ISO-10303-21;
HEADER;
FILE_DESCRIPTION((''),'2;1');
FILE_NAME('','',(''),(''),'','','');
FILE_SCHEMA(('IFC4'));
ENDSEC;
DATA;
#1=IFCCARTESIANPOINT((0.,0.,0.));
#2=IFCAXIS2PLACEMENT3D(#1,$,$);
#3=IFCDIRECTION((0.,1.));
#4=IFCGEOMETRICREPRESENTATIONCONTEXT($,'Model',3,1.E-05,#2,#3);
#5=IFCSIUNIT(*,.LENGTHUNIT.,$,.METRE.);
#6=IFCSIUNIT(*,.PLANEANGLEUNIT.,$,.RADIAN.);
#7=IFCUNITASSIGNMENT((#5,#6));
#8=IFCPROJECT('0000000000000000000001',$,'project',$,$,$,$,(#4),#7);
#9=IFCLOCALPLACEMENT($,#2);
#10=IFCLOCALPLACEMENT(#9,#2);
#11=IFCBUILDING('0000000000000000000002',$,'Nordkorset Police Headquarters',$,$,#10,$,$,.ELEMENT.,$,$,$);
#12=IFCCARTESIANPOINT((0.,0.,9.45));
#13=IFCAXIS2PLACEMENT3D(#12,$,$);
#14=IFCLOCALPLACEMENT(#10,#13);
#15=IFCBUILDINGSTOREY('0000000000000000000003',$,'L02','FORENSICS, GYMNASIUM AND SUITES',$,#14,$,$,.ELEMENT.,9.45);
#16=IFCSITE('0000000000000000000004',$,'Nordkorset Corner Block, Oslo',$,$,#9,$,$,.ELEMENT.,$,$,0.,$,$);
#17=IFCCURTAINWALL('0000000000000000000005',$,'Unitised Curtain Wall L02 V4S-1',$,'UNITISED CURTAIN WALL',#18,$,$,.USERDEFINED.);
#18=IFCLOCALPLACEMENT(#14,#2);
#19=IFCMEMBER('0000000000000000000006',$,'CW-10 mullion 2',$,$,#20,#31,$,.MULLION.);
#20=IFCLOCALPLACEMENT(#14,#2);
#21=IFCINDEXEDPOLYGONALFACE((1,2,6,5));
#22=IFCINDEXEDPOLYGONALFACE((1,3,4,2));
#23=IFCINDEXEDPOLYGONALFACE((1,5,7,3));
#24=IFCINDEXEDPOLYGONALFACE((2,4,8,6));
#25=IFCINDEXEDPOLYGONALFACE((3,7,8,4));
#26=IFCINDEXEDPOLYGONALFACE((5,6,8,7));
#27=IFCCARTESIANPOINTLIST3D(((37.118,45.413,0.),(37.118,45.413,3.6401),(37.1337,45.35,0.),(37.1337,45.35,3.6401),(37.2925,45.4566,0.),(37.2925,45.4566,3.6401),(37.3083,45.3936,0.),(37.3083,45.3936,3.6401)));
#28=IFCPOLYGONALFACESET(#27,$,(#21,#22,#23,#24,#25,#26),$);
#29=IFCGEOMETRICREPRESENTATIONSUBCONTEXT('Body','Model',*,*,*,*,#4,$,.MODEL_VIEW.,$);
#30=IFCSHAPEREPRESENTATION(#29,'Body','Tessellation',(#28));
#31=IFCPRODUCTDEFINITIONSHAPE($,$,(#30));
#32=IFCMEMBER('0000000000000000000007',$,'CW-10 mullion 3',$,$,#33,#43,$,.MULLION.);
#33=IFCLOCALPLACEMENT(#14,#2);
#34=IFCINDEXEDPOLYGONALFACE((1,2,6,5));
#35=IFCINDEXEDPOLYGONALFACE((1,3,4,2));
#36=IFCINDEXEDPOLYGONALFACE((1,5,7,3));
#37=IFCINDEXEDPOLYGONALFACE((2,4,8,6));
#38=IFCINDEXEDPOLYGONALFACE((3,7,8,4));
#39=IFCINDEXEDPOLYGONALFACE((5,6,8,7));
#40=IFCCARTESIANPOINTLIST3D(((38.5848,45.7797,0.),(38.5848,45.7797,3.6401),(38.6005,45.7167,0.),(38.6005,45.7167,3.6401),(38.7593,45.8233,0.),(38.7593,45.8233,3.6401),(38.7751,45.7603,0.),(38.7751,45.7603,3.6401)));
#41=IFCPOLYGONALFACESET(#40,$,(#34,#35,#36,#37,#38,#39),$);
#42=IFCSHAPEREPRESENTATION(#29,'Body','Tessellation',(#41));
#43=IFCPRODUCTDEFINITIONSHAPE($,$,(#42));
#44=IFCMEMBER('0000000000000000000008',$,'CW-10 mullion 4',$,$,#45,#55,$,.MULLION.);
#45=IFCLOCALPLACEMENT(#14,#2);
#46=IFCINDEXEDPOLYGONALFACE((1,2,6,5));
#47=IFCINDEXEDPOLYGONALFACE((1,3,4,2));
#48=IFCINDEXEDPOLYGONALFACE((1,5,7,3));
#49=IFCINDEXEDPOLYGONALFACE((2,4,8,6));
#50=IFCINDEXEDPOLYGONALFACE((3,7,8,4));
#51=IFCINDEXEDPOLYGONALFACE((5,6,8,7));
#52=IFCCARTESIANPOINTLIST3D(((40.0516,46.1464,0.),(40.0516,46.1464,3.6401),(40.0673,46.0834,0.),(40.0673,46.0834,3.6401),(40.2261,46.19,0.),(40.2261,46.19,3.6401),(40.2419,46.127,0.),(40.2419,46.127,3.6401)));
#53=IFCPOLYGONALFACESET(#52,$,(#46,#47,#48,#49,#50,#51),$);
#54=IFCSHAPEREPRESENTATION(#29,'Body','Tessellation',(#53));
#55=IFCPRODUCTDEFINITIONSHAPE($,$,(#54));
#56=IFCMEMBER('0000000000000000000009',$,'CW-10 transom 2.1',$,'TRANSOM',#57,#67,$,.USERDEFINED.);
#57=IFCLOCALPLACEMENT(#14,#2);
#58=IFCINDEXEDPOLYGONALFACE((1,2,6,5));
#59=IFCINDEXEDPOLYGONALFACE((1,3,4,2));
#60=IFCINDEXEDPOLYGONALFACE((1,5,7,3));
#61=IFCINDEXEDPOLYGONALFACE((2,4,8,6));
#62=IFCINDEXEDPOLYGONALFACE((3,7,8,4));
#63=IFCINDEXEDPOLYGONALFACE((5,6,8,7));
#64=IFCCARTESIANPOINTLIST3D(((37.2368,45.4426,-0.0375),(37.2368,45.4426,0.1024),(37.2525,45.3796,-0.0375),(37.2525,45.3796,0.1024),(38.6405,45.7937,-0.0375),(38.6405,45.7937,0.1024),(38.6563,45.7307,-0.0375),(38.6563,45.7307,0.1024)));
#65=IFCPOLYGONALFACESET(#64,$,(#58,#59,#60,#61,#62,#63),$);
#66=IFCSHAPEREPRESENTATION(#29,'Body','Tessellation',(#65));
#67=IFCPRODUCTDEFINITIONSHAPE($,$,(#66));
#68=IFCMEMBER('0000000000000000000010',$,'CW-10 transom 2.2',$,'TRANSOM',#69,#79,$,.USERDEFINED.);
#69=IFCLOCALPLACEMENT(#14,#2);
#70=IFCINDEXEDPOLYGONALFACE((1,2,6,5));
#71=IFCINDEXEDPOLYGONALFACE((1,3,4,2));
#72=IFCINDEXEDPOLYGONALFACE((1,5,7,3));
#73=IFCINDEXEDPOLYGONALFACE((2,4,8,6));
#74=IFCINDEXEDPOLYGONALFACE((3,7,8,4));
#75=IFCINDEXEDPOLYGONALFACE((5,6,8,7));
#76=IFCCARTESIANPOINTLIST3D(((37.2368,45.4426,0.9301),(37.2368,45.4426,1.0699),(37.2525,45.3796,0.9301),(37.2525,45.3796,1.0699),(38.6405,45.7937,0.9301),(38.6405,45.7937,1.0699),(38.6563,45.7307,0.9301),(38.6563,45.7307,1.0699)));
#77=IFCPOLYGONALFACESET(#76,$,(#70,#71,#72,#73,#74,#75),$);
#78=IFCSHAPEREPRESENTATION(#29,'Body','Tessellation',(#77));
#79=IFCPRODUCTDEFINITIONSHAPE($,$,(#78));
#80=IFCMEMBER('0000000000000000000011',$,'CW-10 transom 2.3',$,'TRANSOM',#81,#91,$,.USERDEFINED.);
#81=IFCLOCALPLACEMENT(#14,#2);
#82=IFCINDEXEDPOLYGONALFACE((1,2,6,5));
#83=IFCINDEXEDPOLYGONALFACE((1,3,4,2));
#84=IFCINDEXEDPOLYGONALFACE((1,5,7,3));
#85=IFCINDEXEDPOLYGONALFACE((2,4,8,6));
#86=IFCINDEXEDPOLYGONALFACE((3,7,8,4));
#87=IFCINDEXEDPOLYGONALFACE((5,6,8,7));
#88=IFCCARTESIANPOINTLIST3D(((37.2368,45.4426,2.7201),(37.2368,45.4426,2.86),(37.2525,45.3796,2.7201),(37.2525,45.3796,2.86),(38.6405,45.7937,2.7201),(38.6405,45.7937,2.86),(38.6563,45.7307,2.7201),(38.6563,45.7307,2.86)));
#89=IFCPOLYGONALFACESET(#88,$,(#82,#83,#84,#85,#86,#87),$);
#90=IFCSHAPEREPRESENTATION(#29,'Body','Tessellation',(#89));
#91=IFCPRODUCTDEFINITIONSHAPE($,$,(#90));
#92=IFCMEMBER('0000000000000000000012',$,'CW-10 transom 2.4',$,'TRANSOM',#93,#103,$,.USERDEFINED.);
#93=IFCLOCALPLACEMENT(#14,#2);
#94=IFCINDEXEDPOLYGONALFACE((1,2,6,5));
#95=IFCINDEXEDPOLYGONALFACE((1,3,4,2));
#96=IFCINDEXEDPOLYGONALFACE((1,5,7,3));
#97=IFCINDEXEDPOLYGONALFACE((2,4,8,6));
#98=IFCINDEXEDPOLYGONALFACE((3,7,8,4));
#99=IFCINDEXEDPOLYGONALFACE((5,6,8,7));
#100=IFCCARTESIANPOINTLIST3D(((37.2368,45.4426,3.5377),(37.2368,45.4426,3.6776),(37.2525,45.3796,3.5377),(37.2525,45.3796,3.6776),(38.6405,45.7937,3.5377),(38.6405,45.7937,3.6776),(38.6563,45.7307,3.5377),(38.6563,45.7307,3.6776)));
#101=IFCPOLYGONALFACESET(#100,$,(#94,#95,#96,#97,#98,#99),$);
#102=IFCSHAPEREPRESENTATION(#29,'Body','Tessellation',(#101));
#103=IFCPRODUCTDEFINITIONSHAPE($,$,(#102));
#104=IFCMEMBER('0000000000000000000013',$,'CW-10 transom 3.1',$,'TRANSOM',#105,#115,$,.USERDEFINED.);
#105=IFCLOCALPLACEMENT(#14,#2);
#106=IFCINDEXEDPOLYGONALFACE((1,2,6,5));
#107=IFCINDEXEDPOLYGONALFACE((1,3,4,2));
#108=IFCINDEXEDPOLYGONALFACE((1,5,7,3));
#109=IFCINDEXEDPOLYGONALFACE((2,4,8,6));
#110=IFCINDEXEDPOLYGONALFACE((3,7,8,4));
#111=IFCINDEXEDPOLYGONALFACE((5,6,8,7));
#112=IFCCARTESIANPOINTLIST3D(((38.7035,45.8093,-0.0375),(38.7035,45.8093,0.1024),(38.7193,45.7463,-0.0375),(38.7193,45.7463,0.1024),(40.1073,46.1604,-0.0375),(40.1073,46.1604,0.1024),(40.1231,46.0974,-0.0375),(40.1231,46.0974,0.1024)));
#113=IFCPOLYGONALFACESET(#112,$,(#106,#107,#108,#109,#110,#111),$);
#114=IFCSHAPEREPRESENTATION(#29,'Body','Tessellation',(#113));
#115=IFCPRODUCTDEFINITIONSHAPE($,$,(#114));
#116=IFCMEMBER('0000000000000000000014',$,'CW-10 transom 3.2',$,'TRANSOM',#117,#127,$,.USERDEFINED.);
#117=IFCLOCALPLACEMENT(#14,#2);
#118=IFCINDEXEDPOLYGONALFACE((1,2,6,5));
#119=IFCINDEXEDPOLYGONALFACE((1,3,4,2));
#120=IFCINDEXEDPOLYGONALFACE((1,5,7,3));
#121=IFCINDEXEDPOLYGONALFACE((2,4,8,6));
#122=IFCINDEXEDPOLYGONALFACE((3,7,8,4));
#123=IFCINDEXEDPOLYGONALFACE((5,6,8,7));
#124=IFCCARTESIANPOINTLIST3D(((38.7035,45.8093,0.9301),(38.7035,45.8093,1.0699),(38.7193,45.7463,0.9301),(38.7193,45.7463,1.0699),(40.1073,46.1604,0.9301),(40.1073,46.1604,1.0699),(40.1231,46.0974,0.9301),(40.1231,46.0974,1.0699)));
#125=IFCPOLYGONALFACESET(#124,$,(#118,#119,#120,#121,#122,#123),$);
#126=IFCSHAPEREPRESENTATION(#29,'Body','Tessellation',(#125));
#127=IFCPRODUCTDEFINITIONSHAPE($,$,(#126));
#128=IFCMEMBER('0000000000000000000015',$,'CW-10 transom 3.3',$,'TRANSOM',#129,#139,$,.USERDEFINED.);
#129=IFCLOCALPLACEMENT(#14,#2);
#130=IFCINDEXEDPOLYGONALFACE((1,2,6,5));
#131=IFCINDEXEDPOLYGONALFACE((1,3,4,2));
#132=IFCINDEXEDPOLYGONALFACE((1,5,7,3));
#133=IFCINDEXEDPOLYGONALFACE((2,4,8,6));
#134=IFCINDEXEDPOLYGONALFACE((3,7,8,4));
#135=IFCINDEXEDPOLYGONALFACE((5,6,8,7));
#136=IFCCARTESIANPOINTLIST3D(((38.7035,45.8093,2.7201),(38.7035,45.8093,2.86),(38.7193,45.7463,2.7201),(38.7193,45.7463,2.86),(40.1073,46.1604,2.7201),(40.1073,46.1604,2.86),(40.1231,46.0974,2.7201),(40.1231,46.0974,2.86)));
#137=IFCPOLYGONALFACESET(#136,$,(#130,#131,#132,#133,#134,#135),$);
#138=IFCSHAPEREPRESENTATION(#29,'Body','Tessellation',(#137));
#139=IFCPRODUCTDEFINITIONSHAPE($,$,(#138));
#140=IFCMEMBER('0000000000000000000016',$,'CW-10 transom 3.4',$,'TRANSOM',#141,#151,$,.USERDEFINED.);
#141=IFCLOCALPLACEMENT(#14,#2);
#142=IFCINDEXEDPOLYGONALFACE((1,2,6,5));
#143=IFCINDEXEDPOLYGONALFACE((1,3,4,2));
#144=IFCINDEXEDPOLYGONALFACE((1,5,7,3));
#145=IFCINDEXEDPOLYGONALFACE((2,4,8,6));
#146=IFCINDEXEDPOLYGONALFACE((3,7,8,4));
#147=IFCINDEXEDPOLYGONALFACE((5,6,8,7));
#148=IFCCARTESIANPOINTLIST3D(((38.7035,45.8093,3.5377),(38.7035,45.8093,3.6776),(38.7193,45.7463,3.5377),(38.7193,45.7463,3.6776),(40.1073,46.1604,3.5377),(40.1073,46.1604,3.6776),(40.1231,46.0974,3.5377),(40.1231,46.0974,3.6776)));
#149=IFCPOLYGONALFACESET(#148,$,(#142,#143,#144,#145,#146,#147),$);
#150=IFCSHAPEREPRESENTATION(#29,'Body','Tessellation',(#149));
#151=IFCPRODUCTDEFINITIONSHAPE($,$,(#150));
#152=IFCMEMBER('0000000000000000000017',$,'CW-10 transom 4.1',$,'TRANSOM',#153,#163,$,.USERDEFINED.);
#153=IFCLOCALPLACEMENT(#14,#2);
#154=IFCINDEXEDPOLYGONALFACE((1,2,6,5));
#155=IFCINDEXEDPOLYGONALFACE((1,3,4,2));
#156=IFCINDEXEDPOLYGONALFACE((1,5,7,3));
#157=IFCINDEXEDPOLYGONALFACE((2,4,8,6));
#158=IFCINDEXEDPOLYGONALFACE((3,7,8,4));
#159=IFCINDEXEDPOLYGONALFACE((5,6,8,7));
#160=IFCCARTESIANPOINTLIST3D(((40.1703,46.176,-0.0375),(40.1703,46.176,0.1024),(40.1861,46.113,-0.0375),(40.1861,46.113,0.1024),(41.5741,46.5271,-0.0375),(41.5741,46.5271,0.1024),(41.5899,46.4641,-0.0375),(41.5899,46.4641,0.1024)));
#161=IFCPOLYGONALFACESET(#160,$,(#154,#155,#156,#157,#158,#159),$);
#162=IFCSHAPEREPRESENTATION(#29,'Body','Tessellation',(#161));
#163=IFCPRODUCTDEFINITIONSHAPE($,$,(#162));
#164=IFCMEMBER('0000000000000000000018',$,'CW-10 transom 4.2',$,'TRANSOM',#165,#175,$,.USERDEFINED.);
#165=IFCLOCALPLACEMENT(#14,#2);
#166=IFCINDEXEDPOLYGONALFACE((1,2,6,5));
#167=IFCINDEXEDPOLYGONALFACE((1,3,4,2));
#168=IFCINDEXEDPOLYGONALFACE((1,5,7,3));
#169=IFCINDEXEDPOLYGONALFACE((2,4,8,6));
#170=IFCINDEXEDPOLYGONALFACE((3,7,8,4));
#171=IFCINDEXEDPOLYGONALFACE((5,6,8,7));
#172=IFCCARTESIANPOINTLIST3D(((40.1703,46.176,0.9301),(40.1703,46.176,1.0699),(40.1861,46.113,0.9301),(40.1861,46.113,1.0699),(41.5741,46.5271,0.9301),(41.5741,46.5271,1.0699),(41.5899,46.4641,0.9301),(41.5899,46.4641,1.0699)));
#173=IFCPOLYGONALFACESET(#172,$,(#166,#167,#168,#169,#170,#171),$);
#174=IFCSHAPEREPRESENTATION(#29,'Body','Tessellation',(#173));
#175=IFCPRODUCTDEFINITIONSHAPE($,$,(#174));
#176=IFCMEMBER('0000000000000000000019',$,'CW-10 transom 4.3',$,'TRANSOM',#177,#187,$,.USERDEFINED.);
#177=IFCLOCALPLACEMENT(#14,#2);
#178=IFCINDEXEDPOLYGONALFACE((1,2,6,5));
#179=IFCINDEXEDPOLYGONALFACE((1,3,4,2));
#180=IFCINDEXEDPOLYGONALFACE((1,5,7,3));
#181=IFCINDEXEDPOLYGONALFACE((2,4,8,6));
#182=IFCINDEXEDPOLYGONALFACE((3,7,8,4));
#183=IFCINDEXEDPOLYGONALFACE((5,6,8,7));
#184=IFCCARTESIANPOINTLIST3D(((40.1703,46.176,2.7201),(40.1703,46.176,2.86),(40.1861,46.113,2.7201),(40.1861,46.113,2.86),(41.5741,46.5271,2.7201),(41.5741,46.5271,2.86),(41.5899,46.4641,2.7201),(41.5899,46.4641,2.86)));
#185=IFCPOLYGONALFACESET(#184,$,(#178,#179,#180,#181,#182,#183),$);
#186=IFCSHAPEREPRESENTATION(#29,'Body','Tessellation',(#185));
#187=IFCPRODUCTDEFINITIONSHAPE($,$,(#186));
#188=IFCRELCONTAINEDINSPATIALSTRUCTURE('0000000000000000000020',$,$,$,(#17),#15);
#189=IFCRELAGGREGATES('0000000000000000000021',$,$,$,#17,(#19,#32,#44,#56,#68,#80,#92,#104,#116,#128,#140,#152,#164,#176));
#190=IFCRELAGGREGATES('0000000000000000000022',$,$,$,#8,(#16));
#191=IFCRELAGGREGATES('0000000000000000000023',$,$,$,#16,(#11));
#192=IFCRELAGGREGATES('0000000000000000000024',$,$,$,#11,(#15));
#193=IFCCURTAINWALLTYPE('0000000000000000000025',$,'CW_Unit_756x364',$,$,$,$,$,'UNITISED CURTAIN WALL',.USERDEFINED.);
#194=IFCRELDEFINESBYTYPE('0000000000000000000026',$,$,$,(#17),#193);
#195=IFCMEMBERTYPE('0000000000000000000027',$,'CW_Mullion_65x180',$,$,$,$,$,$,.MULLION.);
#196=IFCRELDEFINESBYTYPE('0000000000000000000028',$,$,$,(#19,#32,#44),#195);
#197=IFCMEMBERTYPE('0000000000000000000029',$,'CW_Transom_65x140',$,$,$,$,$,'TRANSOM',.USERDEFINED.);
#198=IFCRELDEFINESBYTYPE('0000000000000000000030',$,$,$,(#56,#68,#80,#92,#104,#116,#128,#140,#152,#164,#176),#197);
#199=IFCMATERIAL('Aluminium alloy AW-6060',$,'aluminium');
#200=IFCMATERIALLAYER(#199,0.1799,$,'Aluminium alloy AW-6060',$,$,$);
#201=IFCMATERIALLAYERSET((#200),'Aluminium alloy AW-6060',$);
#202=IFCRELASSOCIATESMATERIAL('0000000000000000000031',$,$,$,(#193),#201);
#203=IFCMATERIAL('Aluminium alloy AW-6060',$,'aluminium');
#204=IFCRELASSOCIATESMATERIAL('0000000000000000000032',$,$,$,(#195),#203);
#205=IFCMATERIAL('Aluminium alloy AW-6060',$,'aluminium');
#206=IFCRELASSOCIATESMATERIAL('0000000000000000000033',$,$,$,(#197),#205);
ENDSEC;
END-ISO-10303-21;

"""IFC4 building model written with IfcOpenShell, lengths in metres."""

from ifc_helpers import new_model, si_unit, direction, frame, origin, origin_2d, place, context, subcontext, project, spatial, rectangle, extrude, material, layer, layer_set, material_profile, profile_set, type_object, element, aggregate, save


model = new_model("IFC4")

# Units and contexts
model_context = context("Model", 3, precision=1e-05, world=origin(), true_north=direction((0.0, 1.0)))
body_context = subcontext(model_context, "Body", "Model", "MODEL_VIEW")
ifc_project = project(units=[si_unit("LENGTHUNIT", "METRE"), si_unit("PLANEANGLEUNIT", "RADIAN")], contexts=[model_context])

# Site, building, storey
site_placement = place(None, origin())
site = spatial("IfcSite", under=ifc_project, at=site_placement, Name="Nordkorset Corner Block, Oslo", CompositionType="ELEMENT", RefElevation=0.0)
building_placement = place(site_placement, origin())
building = spatial("IfcBuilding", under=site, at=building_placement, Name="Nordkorset Police Headquarters", CompositionType="ELEMENT")
storey_placement = place(building_placement, frame((0.0, 0.0, 9.45)))
storey = spatial("IfcBuildingStorey", under=building, at=storey_placement, Name="L02", Description="FORENSICS, GYMNASIUM AND SUITES", CompositionType="ELEMENT", Elevation=9.45)

# Curtain wall, members
ifc_material_1 = material(Name="Aluminium alloy AW-6060", Category="aluminium")
ifc_layer_1 = layer(ifc_material_1, 0.1799, Name="Aluminium alloy AW-6060")
ifc_layer_set_1 = layer_set([ifc_layer_1], Name="Aluminium alloy AW-6060")
curtain_wall_type = type_object("IfcCurtainWallType", Name="CW_Unit_756x364", ElementType="UNITISED CURTAIN WALL", PredefinedType="USERDEFINED", material=ifc_layer_set_1)
curtain_wall_placement = place(storey_placement, origin())
curtain_wall = element("IfcCurtainWall", 1, at=curtain_wall_placement, inside=storey, type_object=curtain_wall_type, Name="Unitised Curtain Wall L02 V4S-1", ObjectType="UNITISED CURTAIN WALL", PredefinedType="USERDEFINED")
ifc_material_2 = material(Name="Aluminium alloy AW-6060", Category="aluminium")
ifc_material_profile_1 = material_profile(ifc_material_2, rectangle(XDim=0.0649, YDim=0.1799, at=origin_2d()), Name="ALU MULL 65x180")
ifc_profile_set_1 = profile_set([ifc_material_profile_1], Name="Aluminium alloy AW-6060")
member_type_1 = type_object("IfcMemberType", Name="CW_Mullion_65x180", PredefinedType="MULLION", material=ifc_profile_set_1)
member_1_placement = place(storey_placement, frame((37.2131, 45.4033, 0.0), z_axis=(0.0, 0.0, 1.0), x_axis=(-0.242536, 0.970143, 0.0)))
member_1 = element("IfcMember", 2, at=member_1_placement, type_object=member_type_1, Name="CW-10 mullion 2", PredefinedType="MULLION", context=body_context, shape_type="SweptSolid", body=[
    extrude(rectangle(XDim=0.0649, YDim=0.1799, at=origin_2d()), origin(), (0.0, 0.0, 1.0), 3.6401),
])
member_2_placement = place(storey_placement, frame((38.6799, 45.77, 0.0), z_axis=(0.0, 0.0, 1.0), x_axis=(-0.242536, 0.970143, 0.0)))
member_2 = element("IfcMember", 3, at=member_2_placement, type_object=member_type_1, Name="CW-10 mullion 3", PredefinedType="MULLION", context=body_context, shape_type="SweptSolid", body=[
    extrude(rectangle(XDim=0.0649, YDim=0.1799, at=origin_2d()), origin(), (0.0, 0.0, 1.0), 3.6401),
])
member_3_placement = place(storey_placement, frame((40.1467, 46.1367, 0.0), z_axis=(0.0, 0.0, 1.0), x_axis=(-0.242536, 0.970143, 0.0)))
member_3 = element("IfcMember", 4, at=member_3_placement, type_object=member_type_1, Name="CW-10 mullion 4", PredefinedType="MULLION", context=body_context, shape_type="SweptSolid", body=[
    extrude(rectangle(XDim=0.0649, YDim=0.1799, at=origin_2d()), origin(), (0.0, 0.0, 1.0), 3.6401),
])
ifc_material_3 = material(Name="Aluminium alloy AW-6060", Category="aluminium")
ifc_material_profile_2 = material_profile(ifc_material_3, rectangle(XDim=0.0649, YDim=0.1399, at=origin_2d()), Name="ALU TRAN 65x140")
ifc_profile_set_2 = profile_set([ifc_material_profile_2], Name="Aluminium alloy AW-6060")
member_type_2 = type_object("IfcMemberType", Name="CW_Transom_65x140", ElementType="TRANSOM", PredefinedType="USERDEFINED", material=ifc_profile_set_2)
member_4_placement = place(storey_placement, frame((37.2446, 45.4111, 0.0325), z_axis=(0.970123, 0.242615, 0.0), x_axis=(-0.242615, 0.970123, 0.0)))
member_4 = element("IfcMember", 5, at=member_4_placement, type_object=member_type_2, Name="CW-10 transom 2.1", ObjectType="TRANSOM", PredefinedType="USERDEFINED", context=body_context, shape_type="SweptSolid", body=[
    extrude(rectangle(XDim=0.0649, YDim=0.1399, at=origin_2d()), origin(), (0.0, 0.0, 1.0), 1.447),
])
member_5_placement = place(storey_placement, frame((37.2446, 45.4111, 1.0), z_axis=(0.970123, 0.242615, 0.0), x_axis=(-0.242615, 0.970123, 0.0)))
member_5 = element("IfcMember", 6, at=member_5_placement, type_object=member_type_2, Name="CW-10 transom 2.2", ObjectType="TRANSOM", PredefinedType="USERDEFINED", context=body_context, shape_type="SweptSolid", body=[
    extrude(rectangle(XDim=0.0649, YDim=0.1399, at=origin_2d()), origin(), (0.0, 0.0, 1.0), 1.447),
])
member_6_placement = place(storey_placement, frame((37.2446, 45.4111, 2.79), z_axis=(0.970123, 0.242615, 0.0), x_axis=(-0.242615, 0.970123, 0.0)))
member_6 = element("IfcMember", 7, at=member_6_placement, type_object=member_type_2, Name="CW-10 transom 2.3", ObjectType="TRANSOM", PredefinedType="USERDEFINED", context=body_context, shape_type="SweptSolid", body=[
    extrude(rectangle(XDim=0.0649, YDim=0.1399, at=origin_2d()), origin(), (0.0, 0.0, 1.0), 1.447),
])
member_7_placement = place(storey_placement, frame((37.2446, 45.4111, 3.6077), z_axis=(0.970123, 0.242615, 0.0), x_axis=(-0.242615, 0.970123, 0.0)))
member_7 = element("IfcMember", 8, at=member_7_placement, type_object=member_type_2, Name="CW-10 transom 2.4", ObjectType="TRANSOM", PredefinedType="USERDEFINED", context=body_context, shape_type="SweptSolid", body=[
    extrude(rectangle(XDim=0.0649, YDim=0.1399, at=origin_2d()), origin(), (0.0, 0.0, 1.0), 1.447),
])
member_8_placement = place(storey_placement, frame((38.7114, 45.7778, 0.0325), z_axis=(0.970123, 0.242615, 0.0), x_axis=(-0.242615, 0.970123, 0.0)))
member_8 = element("IfcMember", 9, at=member_8_placement, type_object=member_type_2, Name="CW-10 transom 3.1", ObjectType="TRANSOM", PredefinedType="USERDEFINED", context=body_context, shape_type="SweptSolid", body=[
    extrude(rectangle(XDim=0.0649, YDim=0.1399, at=origin_2d()), origin(), (0.0, 0.0, 1.0), 1.447),
])
member_9_placement = place(storey_placement, frame((38.7114, 45.7778, 1.0), z_axis=(0.970123, 0.242615, 0.0), x_axis=(-0.242615, 0.970123, 0.0)))
member_9 = element("IfcMember", 10, at=member_9_placement, type_object=member_type_2, Name="CW-10 transom 3.2", ObjectType="TRANSOM", PredefinedType="USERDEFINED", context=body_context, shape_type="SweptSolid", body=[
    extrude(rectangle(XDim=0.0649, YDim=0.1399, at=origin_2d()), origin(), (0.0, 0.0, 1.0), 1.447),
])
member_10_placement = place(storey_placement, frame((38.7114, 45.7778, 2.79), z_axis=(0.970123, 0.242615, 0.0), x_axis=(-0.242615, 0.970123, 0.0)))
member_10 = element("IfcMember", 11, at=member_10_placement, type_object=member_type_2, Name="CW-10 transom 3.3", ObjectType="TRANSOM", PredefinedType="USERDEFINED", context=body_context, shape_type="SweptSolid", body=[
    extrude(rectangle(XDim=0.0649, YDim=0.1399, at=origin_2d()), origin(), (0.0, 0.0, 1.0), 1.447),
])
member_11_placement = place(storey_placement, frame((38.7114, 45.7778, 3.6077), z_axis=(0.970123, 0.242615, 0.0), x_axis=(-0.242615, 0.970123, 0.0)))
member_11 = element("IfcMember", 12, at=member_11_placement, type_object=member_type_2, Name="CW-10 transom 3.4", ObjectType="TRANSOM", PredefinedType="USERDEFINED", context=body_context, shape_type="SweptSolid", body=[
    extrude(rectangle(XDim=0.0649, YDim=0.1399, at=origin_2d()), origin(), (0.0, 0.0, 1.0), 1.447),
])
member_12_placement = place(storey_placement, frame((40.1782, 46.1445, 0.0325), z_axis=(0.970123, 0.242615, 0.0), x_axis=(-0.242615, 0.970123, 0.0)))
member_12 = element("IfcMember", 13, at=member_12_placement, type_object=member_type_2, Name="CW-10 transom 4.1", ObjectType="TRANSOM", PredefinedType="USERDEFINED", context=body_context, shape_type="SweptSolid", body=[
    extrude(rectangle(XDim=0.0649, YDim=0.1399, at=origin_2d()), origin(), (0.0, 0.0, 1.0), 1.447),
])
member_13_placement = place(storey_placement, frame((40.1782, 46.1445, 1.0), z_axis=(0.970123, 0.242615, 0.0), x_axis=(-0.242615, 0.970123, 0.0)))
member_13 = element("IfcMember", 14, at=member_13_placement, type_object=member_type_2, Name="CW-10 transom 4.2", ObjectType="TRANSOM", PredefinedType="USERDEFINED", context=body_context, shape_type="SweptSolid", body=[
    extrude(rectangle(XDim=0.0649, YDim=0.1399, at=origin_2d()), origin(), (0.0, 0.0, 1.0), 1.447),
])
member_14_placement = place(storey_placement, frame((40.1782, 46.1445, 2.79), z_axis=(0.970123, 0.242615, 0.0), x_axis=(-0.242615, 0.970123, 0.0)))
member_14 = element("IfcMember", 15, at=member_14_placement, type_object=member_type_2, Name="CW-10 transom 4.3", ObjectType="TRANSOM", PredefinedType="USERDEFINED", context=body_context, shape_type="SweptSolid", body=[
    extrude(rectangle(XDim=0.0649, YDim=0.1399, at=origin_2d()), origin(), (0.0, 0.0, 1.0), 1.447),
])
aggregate(curtain_wall, [member_1, member_2, member_3, member_4, member_5, member_6, member_7, member_8, member_9, member_10, member_11, member_12, member_13, member_14])

save(model, "model.ifc")
